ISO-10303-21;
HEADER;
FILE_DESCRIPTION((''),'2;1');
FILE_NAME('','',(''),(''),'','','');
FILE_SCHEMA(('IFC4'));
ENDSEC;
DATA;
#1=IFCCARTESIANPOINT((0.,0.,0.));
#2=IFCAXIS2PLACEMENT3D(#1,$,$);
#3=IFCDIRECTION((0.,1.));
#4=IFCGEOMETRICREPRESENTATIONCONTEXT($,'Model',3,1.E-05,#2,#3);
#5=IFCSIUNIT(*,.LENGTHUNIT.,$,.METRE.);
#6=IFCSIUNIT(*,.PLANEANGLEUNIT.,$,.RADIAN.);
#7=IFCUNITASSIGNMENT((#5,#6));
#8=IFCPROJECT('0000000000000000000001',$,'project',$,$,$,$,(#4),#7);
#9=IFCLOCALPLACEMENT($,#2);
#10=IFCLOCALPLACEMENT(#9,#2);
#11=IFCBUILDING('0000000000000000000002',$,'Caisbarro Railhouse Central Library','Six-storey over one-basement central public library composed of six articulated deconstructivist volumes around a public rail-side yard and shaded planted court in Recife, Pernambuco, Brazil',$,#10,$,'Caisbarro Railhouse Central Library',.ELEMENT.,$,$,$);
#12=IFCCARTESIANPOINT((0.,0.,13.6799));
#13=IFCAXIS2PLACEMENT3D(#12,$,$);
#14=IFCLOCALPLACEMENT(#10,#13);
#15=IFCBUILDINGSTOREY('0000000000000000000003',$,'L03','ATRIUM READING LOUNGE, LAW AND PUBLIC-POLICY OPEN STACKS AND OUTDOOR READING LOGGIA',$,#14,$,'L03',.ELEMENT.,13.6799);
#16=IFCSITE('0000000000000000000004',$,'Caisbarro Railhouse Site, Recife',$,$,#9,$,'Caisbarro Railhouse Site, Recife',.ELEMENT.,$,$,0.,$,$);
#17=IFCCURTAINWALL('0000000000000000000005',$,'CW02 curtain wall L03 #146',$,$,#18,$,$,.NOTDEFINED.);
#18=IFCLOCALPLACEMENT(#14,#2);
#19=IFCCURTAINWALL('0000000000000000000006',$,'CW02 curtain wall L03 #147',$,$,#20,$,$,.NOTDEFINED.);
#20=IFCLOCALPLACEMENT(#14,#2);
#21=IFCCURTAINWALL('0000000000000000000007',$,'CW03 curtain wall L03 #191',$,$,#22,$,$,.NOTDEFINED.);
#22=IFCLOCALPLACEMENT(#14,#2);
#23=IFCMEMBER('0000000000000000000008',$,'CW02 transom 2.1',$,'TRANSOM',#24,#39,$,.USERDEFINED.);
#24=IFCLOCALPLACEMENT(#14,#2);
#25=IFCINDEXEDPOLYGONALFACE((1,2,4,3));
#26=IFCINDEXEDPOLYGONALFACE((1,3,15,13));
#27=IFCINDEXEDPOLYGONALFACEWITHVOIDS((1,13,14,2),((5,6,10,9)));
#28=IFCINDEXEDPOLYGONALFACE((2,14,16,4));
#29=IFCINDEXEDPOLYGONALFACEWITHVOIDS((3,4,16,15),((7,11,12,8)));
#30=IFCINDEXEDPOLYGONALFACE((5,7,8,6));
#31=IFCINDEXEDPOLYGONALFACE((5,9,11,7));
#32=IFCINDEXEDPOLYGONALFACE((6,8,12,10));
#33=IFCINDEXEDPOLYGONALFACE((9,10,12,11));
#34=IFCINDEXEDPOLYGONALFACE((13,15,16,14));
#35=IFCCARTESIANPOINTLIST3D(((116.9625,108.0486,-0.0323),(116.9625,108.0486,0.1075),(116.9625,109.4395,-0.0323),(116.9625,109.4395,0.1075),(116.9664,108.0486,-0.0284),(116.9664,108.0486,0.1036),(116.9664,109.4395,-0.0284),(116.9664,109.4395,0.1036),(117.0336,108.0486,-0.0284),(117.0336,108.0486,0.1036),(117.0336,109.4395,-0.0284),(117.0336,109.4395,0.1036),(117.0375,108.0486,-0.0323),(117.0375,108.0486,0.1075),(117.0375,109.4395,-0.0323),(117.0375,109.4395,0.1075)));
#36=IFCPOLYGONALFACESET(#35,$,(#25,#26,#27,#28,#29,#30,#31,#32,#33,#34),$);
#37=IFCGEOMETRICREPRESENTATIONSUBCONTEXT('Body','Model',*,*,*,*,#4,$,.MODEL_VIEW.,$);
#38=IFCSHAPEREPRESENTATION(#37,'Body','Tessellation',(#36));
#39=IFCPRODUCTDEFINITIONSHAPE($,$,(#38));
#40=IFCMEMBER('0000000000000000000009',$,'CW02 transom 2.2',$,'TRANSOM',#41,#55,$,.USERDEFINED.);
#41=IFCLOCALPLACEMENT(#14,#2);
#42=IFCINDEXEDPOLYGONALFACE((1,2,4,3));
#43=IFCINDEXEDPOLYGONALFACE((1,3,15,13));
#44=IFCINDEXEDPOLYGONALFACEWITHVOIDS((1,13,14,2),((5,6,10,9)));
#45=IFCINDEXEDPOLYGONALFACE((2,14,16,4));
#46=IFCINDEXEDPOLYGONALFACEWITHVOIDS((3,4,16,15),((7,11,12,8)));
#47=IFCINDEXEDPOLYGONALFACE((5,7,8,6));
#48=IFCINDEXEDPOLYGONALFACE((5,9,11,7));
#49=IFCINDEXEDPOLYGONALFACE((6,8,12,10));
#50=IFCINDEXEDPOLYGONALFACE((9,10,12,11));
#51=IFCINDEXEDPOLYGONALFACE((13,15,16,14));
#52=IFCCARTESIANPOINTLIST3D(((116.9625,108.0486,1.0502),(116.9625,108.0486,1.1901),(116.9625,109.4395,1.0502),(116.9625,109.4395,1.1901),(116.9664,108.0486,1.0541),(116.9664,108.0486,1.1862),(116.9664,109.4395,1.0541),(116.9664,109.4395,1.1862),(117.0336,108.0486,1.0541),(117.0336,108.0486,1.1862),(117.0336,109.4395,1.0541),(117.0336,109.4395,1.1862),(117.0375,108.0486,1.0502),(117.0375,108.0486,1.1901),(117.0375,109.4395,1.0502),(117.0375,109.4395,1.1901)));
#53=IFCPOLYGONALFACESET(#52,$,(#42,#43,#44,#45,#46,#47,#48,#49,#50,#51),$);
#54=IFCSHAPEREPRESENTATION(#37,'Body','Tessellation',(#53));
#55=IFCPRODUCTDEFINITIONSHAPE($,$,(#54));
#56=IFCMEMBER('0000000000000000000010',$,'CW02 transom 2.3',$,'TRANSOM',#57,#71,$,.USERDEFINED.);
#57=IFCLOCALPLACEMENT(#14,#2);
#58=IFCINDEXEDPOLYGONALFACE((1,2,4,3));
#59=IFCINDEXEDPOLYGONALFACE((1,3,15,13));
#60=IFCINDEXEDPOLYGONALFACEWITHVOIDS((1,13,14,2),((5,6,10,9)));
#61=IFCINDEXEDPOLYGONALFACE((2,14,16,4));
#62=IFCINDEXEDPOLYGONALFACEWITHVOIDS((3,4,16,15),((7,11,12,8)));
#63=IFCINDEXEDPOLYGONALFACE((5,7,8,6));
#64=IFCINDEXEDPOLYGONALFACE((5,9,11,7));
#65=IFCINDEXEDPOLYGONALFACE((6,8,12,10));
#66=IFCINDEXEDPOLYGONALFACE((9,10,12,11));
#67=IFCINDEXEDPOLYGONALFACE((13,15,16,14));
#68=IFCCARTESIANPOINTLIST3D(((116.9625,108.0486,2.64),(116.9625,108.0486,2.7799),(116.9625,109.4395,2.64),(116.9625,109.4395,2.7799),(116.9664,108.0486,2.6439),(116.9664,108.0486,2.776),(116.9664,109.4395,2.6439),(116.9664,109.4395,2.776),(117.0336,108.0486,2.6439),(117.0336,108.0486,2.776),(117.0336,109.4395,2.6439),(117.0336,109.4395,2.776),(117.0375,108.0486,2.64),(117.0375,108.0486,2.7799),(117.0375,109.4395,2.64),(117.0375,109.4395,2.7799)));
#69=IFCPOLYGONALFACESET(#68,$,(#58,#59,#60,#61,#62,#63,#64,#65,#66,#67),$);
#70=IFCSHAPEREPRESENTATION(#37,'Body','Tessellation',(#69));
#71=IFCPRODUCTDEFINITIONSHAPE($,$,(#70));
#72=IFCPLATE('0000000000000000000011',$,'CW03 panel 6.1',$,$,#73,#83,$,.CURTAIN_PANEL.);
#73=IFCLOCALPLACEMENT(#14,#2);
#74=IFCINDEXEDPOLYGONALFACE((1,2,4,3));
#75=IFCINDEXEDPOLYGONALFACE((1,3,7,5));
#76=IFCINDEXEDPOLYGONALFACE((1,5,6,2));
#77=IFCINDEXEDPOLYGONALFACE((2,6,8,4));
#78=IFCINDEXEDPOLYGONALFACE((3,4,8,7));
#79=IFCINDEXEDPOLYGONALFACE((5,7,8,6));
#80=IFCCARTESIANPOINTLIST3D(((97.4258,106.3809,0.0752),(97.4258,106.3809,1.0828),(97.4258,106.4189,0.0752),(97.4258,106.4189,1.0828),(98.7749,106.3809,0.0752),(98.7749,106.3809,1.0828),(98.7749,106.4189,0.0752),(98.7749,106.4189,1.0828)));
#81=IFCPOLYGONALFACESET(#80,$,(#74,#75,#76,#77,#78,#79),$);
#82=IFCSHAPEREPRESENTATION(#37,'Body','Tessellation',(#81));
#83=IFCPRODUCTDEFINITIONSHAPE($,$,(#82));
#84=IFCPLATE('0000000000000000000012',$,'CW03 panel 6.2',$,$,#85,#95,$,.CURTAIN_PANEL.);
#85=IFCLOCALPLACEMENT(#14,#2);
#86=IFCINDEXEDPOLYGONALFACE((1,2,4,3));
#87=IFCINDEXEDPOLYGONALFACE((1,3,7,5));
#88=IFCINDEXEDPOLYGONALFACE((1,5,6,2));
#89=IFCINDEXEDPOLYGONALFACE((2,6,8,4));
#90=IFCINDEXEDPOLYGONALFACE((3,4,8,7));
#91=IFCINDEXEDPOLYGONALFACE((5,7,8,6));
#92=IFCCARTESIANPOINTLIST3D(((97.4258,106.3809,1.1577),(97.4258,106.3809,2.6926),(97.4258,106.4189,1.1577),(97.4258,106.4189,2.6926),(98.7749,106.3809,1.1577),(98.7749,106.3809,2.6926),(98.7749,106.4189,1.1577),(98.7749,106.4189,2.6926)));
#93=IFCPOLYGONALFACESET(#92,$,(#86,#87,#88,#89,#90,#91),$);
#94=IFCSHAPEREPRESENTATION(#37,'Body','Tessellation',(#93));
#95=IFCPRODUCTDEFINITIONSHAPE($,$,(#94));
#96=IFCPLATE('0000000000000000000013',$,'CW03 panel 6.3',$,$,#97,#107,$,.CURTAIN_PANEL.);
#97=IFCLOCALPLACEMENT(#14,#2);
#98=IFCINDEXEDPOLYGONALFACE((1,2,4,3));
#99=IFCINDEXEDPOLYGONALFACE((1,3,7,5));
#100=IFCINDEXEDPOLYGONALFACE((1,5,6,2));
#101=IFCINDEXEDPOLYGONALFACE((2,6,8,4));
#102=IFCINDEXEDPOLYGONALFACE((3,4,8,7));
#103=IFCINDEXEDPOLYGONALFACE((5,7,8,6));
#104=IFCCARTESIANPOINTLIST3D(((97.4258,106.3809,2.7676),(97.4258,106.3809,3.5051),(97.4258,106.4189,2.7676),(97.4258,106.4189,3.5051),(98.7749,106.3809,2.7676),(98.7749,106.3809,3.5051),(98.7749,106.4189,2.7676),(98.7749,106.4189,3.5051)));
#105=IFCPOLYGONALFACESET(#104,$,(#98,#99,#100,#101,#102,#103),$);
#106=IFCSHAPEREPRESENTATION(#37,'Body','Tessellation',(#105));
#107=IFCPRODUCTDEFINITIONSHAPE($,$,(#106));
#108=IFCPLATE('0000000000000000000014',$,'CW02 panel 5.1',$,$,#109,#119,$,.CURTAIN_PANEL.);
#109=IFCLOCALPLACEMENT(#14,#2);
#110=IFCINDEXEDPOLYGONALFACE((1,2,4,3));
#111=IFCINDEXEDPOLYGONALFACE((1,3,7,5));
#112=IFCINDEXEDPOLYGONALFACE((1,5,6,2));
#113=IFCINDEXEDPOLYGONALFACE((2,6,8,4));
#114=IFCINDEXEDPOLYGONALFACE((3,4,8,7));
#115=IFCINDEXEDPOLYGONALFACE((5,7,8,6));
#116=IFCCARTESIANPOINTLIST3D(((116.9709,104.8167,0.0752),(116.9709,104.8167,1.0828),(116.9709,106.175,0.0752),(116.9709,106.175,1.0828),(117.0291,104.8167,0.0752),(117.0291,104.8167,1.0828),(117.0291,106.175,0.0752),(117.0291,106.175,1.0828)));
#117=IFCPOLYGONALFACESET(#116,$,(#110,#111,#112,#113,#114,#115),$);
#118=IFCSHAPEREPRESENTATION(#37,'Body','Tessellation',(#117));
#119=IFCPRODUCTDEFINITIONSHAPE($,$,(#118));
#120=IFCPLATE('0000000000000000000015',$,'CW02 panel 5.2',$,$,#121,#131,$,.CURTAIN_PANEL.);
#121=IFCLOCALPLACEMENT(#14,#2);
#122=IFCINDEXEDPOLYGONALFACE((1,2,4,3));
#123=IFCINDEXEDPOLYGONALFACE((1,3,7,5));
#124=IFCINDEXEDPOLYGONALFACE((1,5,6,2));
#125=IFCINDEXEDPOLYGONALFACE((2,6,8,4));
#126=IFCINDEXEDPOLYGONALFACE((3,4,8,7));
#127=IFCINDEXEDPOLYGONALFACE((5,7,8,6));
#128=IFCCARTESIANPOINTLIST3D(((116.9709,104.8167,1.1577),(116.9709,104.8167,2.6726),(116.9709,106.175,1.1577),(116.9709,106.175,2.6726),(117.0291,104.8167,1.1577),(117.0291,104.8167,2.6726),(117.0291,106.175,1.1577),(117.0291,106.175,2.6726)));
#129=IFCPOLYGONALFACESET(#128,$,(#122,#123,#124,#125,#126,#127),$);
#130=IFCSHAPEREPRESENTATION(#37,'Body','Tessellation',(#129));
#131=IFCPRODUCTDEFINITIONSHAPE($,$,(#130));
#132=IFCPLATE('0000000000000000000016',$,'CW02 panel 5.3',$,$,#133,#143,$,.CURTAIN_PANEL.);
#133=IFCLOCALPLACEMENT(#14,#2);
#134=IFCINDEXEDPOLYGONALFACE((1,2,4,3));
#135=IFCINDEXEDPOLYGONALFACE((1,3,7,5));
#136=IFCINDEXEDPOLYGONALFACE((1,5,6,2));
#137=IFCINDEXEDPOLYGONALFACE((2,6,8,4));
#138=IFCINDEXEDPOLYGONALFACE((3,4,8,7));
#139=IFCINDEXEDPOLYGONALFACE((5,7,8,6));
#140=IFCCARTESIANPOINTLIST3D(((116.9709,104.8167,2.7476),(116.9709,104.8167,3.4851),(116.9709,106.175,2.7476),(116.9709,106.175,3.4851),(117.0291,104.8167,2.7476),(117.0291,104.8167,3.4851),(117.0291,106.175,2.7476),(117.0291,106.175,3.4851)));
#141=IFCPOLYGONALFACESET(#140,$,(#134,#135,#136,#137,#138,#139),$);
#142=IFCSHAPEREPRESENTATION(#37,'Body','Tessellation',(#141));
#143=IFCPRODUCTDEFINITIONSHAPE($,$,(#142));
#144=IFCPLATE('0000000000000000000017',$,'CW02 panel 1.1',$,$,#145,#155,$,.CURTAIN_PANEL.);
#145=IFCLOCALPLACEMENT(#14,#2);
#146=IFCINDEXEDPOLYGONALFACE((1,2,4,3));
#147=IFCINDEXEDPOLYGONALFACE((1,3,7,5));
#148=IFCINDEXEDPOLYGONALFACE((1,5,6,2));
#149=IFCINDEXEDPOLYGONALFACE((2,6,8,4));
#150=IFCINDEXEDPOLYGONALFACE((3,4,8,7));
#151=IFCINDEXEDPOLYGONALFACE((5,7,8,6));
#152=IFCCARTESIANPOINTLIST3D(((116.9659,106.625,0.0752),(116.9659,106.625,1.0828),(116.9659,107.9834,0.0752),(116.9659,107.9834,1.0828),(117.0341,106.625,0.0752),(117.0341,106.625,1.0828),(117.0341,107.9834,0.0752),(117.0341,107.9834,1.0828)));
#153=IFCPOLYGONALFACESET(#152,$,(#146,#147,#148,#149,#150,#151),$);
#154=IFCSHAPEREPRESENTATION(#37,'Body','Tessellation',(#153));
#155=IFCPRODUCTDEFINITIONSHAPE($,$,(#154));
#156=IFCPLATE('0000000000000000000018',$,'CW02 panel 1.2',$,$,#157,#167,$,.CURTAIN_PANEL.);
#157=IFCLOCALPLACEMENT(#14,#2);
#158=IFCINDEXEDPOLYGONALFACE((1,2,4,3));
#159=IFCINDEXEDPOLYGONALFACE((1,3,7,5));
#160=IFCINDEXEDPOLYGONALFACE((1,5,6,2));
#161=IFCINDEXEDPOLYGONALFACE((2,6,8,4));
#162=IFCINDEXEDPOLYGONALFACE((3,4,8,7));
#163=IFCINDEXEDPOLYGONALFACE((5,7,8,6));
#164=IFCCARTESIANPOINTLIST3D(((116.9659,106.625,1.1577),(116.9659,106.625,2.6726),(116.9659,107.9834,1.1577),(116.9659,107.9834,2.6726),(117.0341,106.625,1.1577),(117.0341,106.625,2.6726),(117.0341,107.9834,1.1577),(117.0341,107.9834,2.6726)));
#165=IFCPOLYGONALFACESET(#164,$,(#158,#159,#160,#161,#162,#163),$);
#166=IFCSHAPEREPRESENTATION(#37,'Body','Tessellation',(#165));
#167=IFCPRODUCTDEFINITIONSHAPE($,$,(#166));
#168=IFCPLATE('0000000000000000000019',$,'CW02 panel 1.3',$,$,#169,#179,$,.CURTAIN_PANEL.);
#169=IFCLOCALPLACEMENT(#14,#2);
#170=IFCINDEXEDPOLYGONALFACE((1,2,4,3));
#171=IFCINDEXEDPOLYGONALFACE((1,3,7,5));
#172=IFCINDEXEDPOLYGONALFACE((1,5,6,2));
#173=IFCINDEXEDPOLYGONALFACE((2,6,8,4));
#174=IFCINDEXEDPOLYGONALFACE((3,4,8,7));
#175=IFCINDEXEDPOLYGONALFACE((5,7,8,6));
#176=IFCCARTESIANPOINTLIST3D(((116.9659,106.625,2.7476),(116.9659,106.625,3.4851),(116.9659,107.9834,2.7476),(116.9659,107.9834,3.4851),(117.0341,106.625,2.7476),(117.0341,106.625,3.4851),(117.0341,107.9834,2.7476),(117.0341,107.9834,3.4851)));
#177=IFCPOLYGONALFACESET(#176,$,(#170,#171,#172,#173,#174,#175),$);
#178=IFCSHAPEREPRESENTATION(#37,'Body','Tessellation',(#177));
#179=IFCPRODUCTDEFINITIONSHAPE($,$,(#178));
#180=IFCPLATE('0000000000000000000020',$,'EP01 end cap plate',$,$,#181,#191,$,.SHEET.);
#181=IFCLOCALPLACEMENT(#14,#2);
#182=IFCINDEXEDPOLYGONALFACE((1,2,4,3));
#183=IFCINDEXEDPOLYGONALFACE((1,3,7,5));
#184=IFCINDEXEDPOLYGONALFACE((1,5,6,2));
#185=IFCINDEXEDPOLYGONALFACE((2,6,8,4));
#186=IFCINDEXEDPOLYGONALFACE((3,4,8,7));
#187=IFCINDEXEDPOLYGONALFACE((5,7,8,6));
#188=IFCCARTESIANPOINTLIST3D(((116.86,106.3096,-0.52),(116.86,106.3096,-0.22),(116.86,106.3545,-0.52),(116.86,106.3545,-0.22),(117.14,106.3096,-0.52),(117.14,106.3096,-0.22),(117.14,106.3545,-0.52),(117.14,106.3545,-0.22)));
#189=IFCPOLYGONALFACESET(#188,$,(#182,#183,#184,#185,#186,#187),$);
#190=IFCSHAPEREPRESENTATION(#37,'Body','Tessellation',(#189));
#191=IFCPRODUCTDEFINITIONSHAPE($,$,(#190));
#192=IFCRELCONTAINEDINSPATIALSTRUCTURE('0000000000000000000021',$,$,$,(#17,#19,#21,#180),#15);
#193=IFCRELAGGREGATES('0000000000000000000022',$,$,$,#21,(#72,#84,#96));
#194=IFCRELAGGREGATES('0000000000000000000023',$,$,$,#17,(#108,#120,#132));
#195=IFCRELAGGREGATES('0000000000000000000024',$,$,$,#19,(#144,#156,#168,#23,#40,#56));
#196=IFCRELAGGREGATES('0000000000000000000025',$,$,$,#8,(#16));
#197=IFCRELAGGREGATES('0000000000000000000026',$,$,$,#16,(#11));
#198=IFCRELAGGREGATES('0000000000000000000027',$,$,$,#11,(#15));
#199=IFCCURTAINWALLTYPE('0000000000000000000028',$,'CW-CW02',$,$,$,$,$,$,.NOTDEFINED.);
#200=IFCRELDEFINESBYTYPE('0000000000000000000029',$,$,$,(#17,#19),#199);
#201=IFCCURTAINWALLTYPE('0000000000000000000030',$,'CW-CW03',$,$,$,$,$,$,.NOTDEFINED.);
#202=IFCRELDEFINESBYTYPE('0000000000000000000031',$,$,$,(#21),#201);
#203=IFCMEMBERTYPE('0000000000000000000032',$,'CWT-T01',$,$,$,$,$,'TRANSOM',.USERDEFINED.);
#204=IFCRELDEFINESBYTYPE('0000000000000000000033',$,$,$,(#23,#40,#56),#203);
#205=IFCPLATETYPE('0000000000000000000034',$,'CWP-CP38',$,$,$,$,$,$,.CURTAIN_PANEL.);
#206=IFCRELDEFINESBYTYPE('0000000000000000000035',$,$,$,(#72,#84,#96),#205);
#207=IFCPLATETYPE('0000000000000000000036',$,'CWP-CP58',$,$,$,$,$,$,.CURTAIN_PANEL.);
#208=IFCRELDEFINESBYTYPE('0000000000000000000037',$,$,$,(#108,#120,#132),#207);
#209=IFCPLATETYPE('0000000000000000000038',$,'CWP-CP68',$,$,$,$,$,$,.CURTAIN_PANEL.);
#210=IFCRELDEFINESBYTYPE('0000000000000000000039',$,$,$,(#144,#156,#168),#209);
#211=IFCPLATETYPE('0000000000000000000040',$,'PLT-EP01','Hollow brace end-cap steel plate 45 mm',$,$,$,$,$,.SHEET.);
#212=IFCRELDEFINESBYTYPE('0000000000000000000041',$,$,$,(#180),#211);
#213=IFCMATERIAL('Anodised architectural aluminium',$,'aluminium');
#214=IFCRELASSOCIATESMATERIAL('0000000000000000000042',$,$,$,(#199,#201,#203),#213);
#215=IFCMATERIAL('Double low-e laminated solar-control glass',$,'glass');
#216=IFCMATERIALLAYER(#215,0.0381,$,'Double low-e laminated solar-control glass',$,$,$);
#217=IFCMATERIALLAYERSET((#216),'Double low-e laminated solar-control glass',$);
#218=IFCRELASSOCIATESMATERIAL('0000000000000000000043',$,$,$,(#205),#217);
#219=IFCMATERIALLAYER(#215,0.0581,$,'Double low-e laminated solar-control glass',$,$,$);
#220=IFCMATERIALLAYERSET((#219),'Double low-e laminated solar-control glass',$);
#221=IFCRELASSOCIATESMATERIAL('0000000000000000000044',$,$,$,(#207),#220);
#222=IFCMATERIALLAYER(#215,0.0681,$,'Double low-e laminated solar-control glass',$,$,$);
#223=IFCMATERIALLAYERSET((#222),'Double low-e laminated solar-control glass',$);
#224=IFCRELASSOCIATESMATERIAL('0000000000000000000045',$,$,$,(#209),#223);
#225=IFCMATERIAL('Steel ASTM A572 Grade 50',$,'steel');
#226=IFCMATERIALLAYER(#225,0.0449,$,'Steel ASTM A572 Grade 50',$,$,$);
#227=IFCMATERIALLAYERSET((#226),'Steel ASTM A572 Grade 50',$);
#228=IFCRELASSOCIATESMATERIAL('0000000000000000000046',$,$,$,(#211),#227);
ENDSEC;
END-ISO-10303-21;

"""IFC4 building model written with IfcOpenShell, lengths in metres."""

from ifc_helpers import new_model, si_unit, direction, frame, origin, origin_2d, place, context, subcontext, project, spatial, rectangle, hollow_rectangle, extrude, material, layer, layer_set, material_profile, profile_set, type_object, element, aggregate, save


model = new_model("IFC4")

# Units and contexts
model_context = context("Model", 3, precision=1e-05, world=origin(), true_north=direction((0.0, 1.0)))
body_context = subcontext(model_context, "Body", "Model", "MODEL_VIEW")
ifc_project = project(units=[si_unit("LENGTHUNIT", "METRE"), si_unit("PLANEANGLEUNIT", "RADIAN")], contexts=[model_context])

# Site, building, storey
site_placement = place(None, origin())
site = spatial("IfcSite", under=ifc_project, at=site_placement, Name="Caisbarro Railhouse Site, Recife", LongName="Caisbarro Railhouse Site, Recife", CompositionType="ELEMENT", RefElevation=0.0)
building_placement = place(site_placement, origin())
building = spatial("IfcBuilding", under=site, at=building_placement, Name="Caisbarro Railhouse Central Library", Description="Six-storey over one-basement central public library composed of six articulated deconstructivist volumes around a public rail-side yard and shaded planted court in Recife, Pernambuco, Brazil", LongName="Caisbarro Railhouse Central Library", CompositionType="ELEMENT")
storey_placement = place(building_placement, frame((0.0, 0.0, 13.6799)))
storey = spatial("IfcBuildingStorey", under=building, at=storey_placement, Name="L03", Description="ATRIUM READING LOUNGE, LAW AND PUBLIC-POLICY OPEN STACKS AND OUTDOOR READING LOGGIA", LongName="L03", CompositionType="ELEMENT", Elevation=13.6799)

# Shared definitions
ifc_material_1 = material(Name="Steel ASTM A572 Grade 50", Category="steel")

# Curtain wall
ifc_material_2 = material(Name="Anodised architectural aluminium", Category="aluminium")
curtain_wall_type_1 = type_object("IfcCurtainWallType", Name="CW-CW02", PredefinedType="NOTDEFINED", material=ifc_material_2)
curtain_wall_1_placement = place(storey_placement, origin())
curtain_wall_1 = element("IfcCurtainWall", 1, at=curtain_wall_1_placement, inside=storey, type_object=curtain_wall_type_1, Name="CW02 curtain wall L03 #146", PredefinedType="NOTDEFINED")

# Curtain wall
curtain_wall_2_placement = place(storey_placement, origin())
curtain_wall_2 = element("IfcCurtainWall", 2, at=curtain_wall_2_placement, inside=storey, type_object=curtain_wall_type_1, Name="CW02 curtain wall L03 #147", PredefinedType="NOTDEFINED")

# Curtain wall
curtain_wall_type_2 = type_object("IfcCurtainWallType", Name="CW-CW03", PredefinedType="NOTDEFINED", material=ifc_material_2)
curtain_wall_3_placement = place(storey_placement, origin())
curtain_wall_3 = element("IfcCurtainWall", 3, at=curtain_wall_3_placement, inside=storey, type_object=curtain_wall_type_2, Name="CW03 curtain wall L03 #191", PredefinedType="NOTDEFINED")

# Members
ifc_material_profile_1 = material_profile(ifc_material_2, hollow_rectangle(XDim=0.075, YDim=0.1399, WallThickness=0.0039, at=origin_2d()), Name="ALU-TRN-75X140")
ifc_profile_set_1 = profile_set([ifc_material_profile_1], Name="Anodised architectural aluminium")
member_type_1 = type_object("IfcMemberType", Name="CWT-T01", ElementType="TRANSOM", PredefinedType="USERDEFINED", material=ifc_profile_set_1)
member_1_placement = place(storey_placement, frame((117.0, 108.0486, 0.0376), z_axis=(0.0, 1.0, 0.0), x_axis=(-1.0, 0.0, 0.0)))
member_1 = element("IfcMember", 4, at=member_1_placement, type_object=member_type_1, Name="CW02 transom 2.1", ObjectType="TRANSOM", PredefinedType="USERDEFINED", context=body_context, shape_type="SweptSolid", body=[
    extrude(hollow_rectangle(XDim=0.075, YDim=0.1399, WallThickness=0.0039, at=origin_2d()), origin(), (0.0, 0.0, 1.0), 1.3909),
])
member_2_placement = place(storey_placement, frame((117.0, 108.0486, 1.1201), z_axis=(0.0, 1.0, 0.0), x_axis=(-1.0, 0.0, 0.0)))
member_2 = element("IfcMember", 5, at=member_2_placement, type_object=member_type_1, Name="CW02 transom 2.2", ObjectType="TRANSOM", PredefinedType="USERDEFINED", context=body_context, shape_type="SweptSolid", body=[
    extrude(hollow_rectangle(XDim=0.075, YDim=0.1399, WallThickness=0.0039, at=origin_2d()), origin(), (0.0, 0.0, 1.0), 1.3909),
])
member_3_placement = place(storey_placement, frame((117.0, 108.0486, 2.71), z_axis=(0.0, 1.0, 0.0), x_axis=(-1.0, 0.0, 0.0)))
member_3 = element("IfcMember", 6, at=member_3_placement, type_object=member_type_1, Name="CW02 transom 2.3", ObjectType="TRANSOM", PredefinedType="USERDEFINED", context=body_context, shape_type="SweptSolid", body=[
    extrude(hollow_rectangle(XDim=0.075, YDim=0.1399, WallThickness=0.0039, at=origin_2d()), origin(), (0.0, 0.0, 1.0), 1.3909),
])

# Plates
ifc_material_3 = material(Name="Double low-e laminated solar-control glass", Category="glass")
ifc_layer_1 = layer(ifc_material_3, 0.0381, Name="Double low-e laminated solar-control glass")
ifc_layer_set_1 = layer_set([ifc_layer_1], Name="Double low-e laminated solar-control glass")
plate_type_1 = type_object("IfcPlateType", Name="CWP-CP38", PredefinedType="CURTAIN_PANEL", material=ifc_layer_set_1)
plate_1_placement = place(storey_placement, frame((98.1003, 106.3999, 0.0752), z_axis=(0.0, 0.0, 1.0), x_axis=(1.0, 0.0, 0.0)))
plate_1 = element("IfcPlate", 7, at=plate_1_placement, type_object=plate_type_1, Name="CW03 panel 6.1", PredefinedType="CURTAIN_PANEL", context=body_context, shape_type="SweptSolid", body=[
    extrude(rectangle(XDim=1.3491, YDim=0.0381, at=origin_2d()), origin(), (0.0, 0.0, 1.0), 1.0076),
])
plate_2_placement = place(storey_placement, frame((98.1003, 106.3999, 1.1577), z_axis=(0.0, 0.0, 1.0), x_axis=(1.0, 0.0, 0.0)))
plate_2 = element("IfcPlate", 8, at=plate_2_placement, type_object=plate_type_1, Name="CW03 panel 6.2", PredefinedType="CURTAIN_PANEL", context=body_context, shape_type="SweptSolid", body=[
    extrude(rectangle(XDim=1.3491, YDim=0.0381, at=origin_2d()), origin(), (0.0, 0.0, 1.0), 1.5349),
])
plate_3_placement = place(storey_placement, frame((98.1003, 106.3999, 2.7676), z_axis=(0.0, 0.0, 1.0), x_axis=(1.0, 0.0, 0.0)))
plate_3 = element("IfcPlate", 9, at=plate_3_placement, type_object=plate_type_1, Name="CW03 panel 6.3", PredefinedType="CURTAIN_PANEL", context=body_context, shape_type="SweptSolid", body=[
    extrude(rectangle(XDim=1.3491, YDim=0.0381, at=origin_2d()), origin(), (0.0, 0.0, 1.0), 0.7375),
])
aggregate(curtain_wall_3, [plate_1, plate_2, plate_3])
ifc_layer_2 = layer(ifc_material_3, 0.0581, Name="Double low-e laminated solar-control glass")
ifc_layer_set_2 = layer_set([ifc_layer_2], Name="Double low-e laminated solar-control glass")
plate_type_2 = type_object("IfcPlateType", Name="CWP-CP58", PredefinedType="CURTAIN_PANEL", material=ifc_layer_set_2)
plate_4_placement = place(storey_placement, frame((117.0, 105.4958, 0.0752), z_axis=(0.0, 0.0, 1.0), x_axis=(0.0, 1.0, 0.0)))
plate_4 = element("IfcPlate", 10, at=plate_4_placement, type_object=plate_type_2, Name="CW02 panel 5.1", PredefinedType="CURTAIN_PANEL", context=body_context, shape_type="SweptSolid", body=[
    extrude(rectangle(XDim=1.3584, YDim=0.0581, at=origin_2d()), origin(), (0.0, 0.0, 1.0), 1.0076),
])
plate_5_placement = place(storey_placement, frame((117.0, 105.4958, 1.1577), z_axis=(0.0, 0.0, 1.0), x_axis=(0.0, 1.0, 0.0)))
plate_5 = element("IfcPlate", 11, at=plate_5_placement, type_object=plate_type_2, Name="CW02 panel 5.2", PredefinedType="CURTAIN_PANEL", context=body_context, shape_type="SweptSolid", body=[
    extrude(rectangle(XDim=1.3584, YDim=0.0581, at=origin_2d()), origin(), (0.0, 0.0, 1.0), 1.5149),
])
plate_6_placement = place(storey_placement, frame((117.0, 105.4958, 2.7476), z_axis=(0.0, 0.0, 1.0), x_axis=(0.0, 1.0, 0.0)))
plate_6 = element("IfcPlate", 12, at=plate_6_placement, type_object=plate_type_2, Name="CW02 panel 5.3", PredefinedType="CURTAIN_PANEL", context=body_context, shape_type="SweptSolid", body=[
    extrude(rectangle(XDim=1.3584, YDim=0.0581, at=origin_2d()), origin(), (0.0, 0.0, 1.0), 0.7375),
])
aggregate(curtain_wall_1, [plate_4, plate_5, plate_6])
ifc_layer_3 = layer(ifc_material_3, 0.0681, Name="Double low-e laminated solar-control glass")
ifc_layer_set_3 = layer_set([ifc_layer_3], Name="Double low-e laminated solar-control glass")
plate_type_3 = type_object("IfcPlateType", Name="CWP-CP68", PredefinedType="CURTAIN_PANEL", material=ifc_layer_set_3)
plate_7_placement = place(storey_placement, frame((117.0, 107.3042, 0.0752), z_axis=(0.0, 0.0, 1.0), x_axis=(0.0, 1.0, 0.0)))
plate_7 = element("IfcPlate", 13, at=plate_7_placement, type_object=plate_type_3, Name="CW02 panel 1.1", PredefinedType="CURTAIN_PANEL", context=body_context, shape_type="SweptSolid", body=[
    extrude(rectangle(XDim=1.3584, YDim=0.0681, at=origin_2d()), origin(), (0.0, 0.0, 1.0), 1.0076),
])
plate_8_placement = place(storey_placement, frame((117.0, 107.3042, 1.1577), z_axis=(0.0, 0.0, 1.0), x_axis=(0.0, 1.0, 0.0)))
plate_8 = element("IfcPlate", 14, at=plate_8_placement, type_object=plate_type_3, Name="CW02 panel 1.2", PredefinedType="CURTAIN_PANEL", context=body_context, shape_type="SweptSolid", body=[
    extrude(rectangle(XDim=1.3584, YDim=0.0681, at=origin_2d()), origin(), (0.0, 0.0, 1.0), 1.5149),
])
plate_9_placement = place(storey_placement, frame((117.0, 107.3042, 2.7476), z_axis=(0.0, 0.0, 1.0), x_axis=(0.0, 1.0, 0.0)))
plate_9 = element("IfcPlate", 15, at=plate_9_placement, type_object=plate_type_3, Name="CW02 panel 1.3", PredefinedType="CURTAIN_PANEL", context=body_context, shape_type="SweptSolid", body=[
    extrude(rectangle(XDim=1.3584, YDim=0.0681, at=origin_2d()), origin(), (0.0, 0.0, 1.0), 0.7375),
])
aggregate(curtain_wall_2, [plate_7, plate_8, plate_9, member_1, member_2, member_3])

# Plate
ifc_layer_4 = layer(ifc_material_1, 0.0449, Name="Steel ASTM A572 Grade 50")
ifc_layer_set_4 = layer_set([ifc_layer_4], Name="Steel ASTM A572 Grade 50")
plate_type_4 = type_object("IfcPlateType", Name="PLT-EP01", Description="Hollow brace end-cap steel plate 45 mm", PredefinedType="SHEET", material=ifc_layer_set_4)
for number, where, z_axis, x_axis, name in (
    (16, (117.0, 106.332, -0.52), (0.0, 0.0, 1.0), (0.0, 1.0, 0.0), "EP01 end cap plate"),
):
    element("IfcPlate", number, at=place(storey_placement, frame(where, z_axis=z_axis, x_axis=x_axis)), inside=storey, type_object=plate_type_4, Name=name, PredefinedType="SHEET", context=body_context, shape_type="SweptSolid", body=[
        extrude(rectangle(XDim=0.0449, YDim=0.28, at=origin_2d()), origin(), (0.0, 0.0, 1.0), 0.3),
    ])

save(model, "model.ifc")
